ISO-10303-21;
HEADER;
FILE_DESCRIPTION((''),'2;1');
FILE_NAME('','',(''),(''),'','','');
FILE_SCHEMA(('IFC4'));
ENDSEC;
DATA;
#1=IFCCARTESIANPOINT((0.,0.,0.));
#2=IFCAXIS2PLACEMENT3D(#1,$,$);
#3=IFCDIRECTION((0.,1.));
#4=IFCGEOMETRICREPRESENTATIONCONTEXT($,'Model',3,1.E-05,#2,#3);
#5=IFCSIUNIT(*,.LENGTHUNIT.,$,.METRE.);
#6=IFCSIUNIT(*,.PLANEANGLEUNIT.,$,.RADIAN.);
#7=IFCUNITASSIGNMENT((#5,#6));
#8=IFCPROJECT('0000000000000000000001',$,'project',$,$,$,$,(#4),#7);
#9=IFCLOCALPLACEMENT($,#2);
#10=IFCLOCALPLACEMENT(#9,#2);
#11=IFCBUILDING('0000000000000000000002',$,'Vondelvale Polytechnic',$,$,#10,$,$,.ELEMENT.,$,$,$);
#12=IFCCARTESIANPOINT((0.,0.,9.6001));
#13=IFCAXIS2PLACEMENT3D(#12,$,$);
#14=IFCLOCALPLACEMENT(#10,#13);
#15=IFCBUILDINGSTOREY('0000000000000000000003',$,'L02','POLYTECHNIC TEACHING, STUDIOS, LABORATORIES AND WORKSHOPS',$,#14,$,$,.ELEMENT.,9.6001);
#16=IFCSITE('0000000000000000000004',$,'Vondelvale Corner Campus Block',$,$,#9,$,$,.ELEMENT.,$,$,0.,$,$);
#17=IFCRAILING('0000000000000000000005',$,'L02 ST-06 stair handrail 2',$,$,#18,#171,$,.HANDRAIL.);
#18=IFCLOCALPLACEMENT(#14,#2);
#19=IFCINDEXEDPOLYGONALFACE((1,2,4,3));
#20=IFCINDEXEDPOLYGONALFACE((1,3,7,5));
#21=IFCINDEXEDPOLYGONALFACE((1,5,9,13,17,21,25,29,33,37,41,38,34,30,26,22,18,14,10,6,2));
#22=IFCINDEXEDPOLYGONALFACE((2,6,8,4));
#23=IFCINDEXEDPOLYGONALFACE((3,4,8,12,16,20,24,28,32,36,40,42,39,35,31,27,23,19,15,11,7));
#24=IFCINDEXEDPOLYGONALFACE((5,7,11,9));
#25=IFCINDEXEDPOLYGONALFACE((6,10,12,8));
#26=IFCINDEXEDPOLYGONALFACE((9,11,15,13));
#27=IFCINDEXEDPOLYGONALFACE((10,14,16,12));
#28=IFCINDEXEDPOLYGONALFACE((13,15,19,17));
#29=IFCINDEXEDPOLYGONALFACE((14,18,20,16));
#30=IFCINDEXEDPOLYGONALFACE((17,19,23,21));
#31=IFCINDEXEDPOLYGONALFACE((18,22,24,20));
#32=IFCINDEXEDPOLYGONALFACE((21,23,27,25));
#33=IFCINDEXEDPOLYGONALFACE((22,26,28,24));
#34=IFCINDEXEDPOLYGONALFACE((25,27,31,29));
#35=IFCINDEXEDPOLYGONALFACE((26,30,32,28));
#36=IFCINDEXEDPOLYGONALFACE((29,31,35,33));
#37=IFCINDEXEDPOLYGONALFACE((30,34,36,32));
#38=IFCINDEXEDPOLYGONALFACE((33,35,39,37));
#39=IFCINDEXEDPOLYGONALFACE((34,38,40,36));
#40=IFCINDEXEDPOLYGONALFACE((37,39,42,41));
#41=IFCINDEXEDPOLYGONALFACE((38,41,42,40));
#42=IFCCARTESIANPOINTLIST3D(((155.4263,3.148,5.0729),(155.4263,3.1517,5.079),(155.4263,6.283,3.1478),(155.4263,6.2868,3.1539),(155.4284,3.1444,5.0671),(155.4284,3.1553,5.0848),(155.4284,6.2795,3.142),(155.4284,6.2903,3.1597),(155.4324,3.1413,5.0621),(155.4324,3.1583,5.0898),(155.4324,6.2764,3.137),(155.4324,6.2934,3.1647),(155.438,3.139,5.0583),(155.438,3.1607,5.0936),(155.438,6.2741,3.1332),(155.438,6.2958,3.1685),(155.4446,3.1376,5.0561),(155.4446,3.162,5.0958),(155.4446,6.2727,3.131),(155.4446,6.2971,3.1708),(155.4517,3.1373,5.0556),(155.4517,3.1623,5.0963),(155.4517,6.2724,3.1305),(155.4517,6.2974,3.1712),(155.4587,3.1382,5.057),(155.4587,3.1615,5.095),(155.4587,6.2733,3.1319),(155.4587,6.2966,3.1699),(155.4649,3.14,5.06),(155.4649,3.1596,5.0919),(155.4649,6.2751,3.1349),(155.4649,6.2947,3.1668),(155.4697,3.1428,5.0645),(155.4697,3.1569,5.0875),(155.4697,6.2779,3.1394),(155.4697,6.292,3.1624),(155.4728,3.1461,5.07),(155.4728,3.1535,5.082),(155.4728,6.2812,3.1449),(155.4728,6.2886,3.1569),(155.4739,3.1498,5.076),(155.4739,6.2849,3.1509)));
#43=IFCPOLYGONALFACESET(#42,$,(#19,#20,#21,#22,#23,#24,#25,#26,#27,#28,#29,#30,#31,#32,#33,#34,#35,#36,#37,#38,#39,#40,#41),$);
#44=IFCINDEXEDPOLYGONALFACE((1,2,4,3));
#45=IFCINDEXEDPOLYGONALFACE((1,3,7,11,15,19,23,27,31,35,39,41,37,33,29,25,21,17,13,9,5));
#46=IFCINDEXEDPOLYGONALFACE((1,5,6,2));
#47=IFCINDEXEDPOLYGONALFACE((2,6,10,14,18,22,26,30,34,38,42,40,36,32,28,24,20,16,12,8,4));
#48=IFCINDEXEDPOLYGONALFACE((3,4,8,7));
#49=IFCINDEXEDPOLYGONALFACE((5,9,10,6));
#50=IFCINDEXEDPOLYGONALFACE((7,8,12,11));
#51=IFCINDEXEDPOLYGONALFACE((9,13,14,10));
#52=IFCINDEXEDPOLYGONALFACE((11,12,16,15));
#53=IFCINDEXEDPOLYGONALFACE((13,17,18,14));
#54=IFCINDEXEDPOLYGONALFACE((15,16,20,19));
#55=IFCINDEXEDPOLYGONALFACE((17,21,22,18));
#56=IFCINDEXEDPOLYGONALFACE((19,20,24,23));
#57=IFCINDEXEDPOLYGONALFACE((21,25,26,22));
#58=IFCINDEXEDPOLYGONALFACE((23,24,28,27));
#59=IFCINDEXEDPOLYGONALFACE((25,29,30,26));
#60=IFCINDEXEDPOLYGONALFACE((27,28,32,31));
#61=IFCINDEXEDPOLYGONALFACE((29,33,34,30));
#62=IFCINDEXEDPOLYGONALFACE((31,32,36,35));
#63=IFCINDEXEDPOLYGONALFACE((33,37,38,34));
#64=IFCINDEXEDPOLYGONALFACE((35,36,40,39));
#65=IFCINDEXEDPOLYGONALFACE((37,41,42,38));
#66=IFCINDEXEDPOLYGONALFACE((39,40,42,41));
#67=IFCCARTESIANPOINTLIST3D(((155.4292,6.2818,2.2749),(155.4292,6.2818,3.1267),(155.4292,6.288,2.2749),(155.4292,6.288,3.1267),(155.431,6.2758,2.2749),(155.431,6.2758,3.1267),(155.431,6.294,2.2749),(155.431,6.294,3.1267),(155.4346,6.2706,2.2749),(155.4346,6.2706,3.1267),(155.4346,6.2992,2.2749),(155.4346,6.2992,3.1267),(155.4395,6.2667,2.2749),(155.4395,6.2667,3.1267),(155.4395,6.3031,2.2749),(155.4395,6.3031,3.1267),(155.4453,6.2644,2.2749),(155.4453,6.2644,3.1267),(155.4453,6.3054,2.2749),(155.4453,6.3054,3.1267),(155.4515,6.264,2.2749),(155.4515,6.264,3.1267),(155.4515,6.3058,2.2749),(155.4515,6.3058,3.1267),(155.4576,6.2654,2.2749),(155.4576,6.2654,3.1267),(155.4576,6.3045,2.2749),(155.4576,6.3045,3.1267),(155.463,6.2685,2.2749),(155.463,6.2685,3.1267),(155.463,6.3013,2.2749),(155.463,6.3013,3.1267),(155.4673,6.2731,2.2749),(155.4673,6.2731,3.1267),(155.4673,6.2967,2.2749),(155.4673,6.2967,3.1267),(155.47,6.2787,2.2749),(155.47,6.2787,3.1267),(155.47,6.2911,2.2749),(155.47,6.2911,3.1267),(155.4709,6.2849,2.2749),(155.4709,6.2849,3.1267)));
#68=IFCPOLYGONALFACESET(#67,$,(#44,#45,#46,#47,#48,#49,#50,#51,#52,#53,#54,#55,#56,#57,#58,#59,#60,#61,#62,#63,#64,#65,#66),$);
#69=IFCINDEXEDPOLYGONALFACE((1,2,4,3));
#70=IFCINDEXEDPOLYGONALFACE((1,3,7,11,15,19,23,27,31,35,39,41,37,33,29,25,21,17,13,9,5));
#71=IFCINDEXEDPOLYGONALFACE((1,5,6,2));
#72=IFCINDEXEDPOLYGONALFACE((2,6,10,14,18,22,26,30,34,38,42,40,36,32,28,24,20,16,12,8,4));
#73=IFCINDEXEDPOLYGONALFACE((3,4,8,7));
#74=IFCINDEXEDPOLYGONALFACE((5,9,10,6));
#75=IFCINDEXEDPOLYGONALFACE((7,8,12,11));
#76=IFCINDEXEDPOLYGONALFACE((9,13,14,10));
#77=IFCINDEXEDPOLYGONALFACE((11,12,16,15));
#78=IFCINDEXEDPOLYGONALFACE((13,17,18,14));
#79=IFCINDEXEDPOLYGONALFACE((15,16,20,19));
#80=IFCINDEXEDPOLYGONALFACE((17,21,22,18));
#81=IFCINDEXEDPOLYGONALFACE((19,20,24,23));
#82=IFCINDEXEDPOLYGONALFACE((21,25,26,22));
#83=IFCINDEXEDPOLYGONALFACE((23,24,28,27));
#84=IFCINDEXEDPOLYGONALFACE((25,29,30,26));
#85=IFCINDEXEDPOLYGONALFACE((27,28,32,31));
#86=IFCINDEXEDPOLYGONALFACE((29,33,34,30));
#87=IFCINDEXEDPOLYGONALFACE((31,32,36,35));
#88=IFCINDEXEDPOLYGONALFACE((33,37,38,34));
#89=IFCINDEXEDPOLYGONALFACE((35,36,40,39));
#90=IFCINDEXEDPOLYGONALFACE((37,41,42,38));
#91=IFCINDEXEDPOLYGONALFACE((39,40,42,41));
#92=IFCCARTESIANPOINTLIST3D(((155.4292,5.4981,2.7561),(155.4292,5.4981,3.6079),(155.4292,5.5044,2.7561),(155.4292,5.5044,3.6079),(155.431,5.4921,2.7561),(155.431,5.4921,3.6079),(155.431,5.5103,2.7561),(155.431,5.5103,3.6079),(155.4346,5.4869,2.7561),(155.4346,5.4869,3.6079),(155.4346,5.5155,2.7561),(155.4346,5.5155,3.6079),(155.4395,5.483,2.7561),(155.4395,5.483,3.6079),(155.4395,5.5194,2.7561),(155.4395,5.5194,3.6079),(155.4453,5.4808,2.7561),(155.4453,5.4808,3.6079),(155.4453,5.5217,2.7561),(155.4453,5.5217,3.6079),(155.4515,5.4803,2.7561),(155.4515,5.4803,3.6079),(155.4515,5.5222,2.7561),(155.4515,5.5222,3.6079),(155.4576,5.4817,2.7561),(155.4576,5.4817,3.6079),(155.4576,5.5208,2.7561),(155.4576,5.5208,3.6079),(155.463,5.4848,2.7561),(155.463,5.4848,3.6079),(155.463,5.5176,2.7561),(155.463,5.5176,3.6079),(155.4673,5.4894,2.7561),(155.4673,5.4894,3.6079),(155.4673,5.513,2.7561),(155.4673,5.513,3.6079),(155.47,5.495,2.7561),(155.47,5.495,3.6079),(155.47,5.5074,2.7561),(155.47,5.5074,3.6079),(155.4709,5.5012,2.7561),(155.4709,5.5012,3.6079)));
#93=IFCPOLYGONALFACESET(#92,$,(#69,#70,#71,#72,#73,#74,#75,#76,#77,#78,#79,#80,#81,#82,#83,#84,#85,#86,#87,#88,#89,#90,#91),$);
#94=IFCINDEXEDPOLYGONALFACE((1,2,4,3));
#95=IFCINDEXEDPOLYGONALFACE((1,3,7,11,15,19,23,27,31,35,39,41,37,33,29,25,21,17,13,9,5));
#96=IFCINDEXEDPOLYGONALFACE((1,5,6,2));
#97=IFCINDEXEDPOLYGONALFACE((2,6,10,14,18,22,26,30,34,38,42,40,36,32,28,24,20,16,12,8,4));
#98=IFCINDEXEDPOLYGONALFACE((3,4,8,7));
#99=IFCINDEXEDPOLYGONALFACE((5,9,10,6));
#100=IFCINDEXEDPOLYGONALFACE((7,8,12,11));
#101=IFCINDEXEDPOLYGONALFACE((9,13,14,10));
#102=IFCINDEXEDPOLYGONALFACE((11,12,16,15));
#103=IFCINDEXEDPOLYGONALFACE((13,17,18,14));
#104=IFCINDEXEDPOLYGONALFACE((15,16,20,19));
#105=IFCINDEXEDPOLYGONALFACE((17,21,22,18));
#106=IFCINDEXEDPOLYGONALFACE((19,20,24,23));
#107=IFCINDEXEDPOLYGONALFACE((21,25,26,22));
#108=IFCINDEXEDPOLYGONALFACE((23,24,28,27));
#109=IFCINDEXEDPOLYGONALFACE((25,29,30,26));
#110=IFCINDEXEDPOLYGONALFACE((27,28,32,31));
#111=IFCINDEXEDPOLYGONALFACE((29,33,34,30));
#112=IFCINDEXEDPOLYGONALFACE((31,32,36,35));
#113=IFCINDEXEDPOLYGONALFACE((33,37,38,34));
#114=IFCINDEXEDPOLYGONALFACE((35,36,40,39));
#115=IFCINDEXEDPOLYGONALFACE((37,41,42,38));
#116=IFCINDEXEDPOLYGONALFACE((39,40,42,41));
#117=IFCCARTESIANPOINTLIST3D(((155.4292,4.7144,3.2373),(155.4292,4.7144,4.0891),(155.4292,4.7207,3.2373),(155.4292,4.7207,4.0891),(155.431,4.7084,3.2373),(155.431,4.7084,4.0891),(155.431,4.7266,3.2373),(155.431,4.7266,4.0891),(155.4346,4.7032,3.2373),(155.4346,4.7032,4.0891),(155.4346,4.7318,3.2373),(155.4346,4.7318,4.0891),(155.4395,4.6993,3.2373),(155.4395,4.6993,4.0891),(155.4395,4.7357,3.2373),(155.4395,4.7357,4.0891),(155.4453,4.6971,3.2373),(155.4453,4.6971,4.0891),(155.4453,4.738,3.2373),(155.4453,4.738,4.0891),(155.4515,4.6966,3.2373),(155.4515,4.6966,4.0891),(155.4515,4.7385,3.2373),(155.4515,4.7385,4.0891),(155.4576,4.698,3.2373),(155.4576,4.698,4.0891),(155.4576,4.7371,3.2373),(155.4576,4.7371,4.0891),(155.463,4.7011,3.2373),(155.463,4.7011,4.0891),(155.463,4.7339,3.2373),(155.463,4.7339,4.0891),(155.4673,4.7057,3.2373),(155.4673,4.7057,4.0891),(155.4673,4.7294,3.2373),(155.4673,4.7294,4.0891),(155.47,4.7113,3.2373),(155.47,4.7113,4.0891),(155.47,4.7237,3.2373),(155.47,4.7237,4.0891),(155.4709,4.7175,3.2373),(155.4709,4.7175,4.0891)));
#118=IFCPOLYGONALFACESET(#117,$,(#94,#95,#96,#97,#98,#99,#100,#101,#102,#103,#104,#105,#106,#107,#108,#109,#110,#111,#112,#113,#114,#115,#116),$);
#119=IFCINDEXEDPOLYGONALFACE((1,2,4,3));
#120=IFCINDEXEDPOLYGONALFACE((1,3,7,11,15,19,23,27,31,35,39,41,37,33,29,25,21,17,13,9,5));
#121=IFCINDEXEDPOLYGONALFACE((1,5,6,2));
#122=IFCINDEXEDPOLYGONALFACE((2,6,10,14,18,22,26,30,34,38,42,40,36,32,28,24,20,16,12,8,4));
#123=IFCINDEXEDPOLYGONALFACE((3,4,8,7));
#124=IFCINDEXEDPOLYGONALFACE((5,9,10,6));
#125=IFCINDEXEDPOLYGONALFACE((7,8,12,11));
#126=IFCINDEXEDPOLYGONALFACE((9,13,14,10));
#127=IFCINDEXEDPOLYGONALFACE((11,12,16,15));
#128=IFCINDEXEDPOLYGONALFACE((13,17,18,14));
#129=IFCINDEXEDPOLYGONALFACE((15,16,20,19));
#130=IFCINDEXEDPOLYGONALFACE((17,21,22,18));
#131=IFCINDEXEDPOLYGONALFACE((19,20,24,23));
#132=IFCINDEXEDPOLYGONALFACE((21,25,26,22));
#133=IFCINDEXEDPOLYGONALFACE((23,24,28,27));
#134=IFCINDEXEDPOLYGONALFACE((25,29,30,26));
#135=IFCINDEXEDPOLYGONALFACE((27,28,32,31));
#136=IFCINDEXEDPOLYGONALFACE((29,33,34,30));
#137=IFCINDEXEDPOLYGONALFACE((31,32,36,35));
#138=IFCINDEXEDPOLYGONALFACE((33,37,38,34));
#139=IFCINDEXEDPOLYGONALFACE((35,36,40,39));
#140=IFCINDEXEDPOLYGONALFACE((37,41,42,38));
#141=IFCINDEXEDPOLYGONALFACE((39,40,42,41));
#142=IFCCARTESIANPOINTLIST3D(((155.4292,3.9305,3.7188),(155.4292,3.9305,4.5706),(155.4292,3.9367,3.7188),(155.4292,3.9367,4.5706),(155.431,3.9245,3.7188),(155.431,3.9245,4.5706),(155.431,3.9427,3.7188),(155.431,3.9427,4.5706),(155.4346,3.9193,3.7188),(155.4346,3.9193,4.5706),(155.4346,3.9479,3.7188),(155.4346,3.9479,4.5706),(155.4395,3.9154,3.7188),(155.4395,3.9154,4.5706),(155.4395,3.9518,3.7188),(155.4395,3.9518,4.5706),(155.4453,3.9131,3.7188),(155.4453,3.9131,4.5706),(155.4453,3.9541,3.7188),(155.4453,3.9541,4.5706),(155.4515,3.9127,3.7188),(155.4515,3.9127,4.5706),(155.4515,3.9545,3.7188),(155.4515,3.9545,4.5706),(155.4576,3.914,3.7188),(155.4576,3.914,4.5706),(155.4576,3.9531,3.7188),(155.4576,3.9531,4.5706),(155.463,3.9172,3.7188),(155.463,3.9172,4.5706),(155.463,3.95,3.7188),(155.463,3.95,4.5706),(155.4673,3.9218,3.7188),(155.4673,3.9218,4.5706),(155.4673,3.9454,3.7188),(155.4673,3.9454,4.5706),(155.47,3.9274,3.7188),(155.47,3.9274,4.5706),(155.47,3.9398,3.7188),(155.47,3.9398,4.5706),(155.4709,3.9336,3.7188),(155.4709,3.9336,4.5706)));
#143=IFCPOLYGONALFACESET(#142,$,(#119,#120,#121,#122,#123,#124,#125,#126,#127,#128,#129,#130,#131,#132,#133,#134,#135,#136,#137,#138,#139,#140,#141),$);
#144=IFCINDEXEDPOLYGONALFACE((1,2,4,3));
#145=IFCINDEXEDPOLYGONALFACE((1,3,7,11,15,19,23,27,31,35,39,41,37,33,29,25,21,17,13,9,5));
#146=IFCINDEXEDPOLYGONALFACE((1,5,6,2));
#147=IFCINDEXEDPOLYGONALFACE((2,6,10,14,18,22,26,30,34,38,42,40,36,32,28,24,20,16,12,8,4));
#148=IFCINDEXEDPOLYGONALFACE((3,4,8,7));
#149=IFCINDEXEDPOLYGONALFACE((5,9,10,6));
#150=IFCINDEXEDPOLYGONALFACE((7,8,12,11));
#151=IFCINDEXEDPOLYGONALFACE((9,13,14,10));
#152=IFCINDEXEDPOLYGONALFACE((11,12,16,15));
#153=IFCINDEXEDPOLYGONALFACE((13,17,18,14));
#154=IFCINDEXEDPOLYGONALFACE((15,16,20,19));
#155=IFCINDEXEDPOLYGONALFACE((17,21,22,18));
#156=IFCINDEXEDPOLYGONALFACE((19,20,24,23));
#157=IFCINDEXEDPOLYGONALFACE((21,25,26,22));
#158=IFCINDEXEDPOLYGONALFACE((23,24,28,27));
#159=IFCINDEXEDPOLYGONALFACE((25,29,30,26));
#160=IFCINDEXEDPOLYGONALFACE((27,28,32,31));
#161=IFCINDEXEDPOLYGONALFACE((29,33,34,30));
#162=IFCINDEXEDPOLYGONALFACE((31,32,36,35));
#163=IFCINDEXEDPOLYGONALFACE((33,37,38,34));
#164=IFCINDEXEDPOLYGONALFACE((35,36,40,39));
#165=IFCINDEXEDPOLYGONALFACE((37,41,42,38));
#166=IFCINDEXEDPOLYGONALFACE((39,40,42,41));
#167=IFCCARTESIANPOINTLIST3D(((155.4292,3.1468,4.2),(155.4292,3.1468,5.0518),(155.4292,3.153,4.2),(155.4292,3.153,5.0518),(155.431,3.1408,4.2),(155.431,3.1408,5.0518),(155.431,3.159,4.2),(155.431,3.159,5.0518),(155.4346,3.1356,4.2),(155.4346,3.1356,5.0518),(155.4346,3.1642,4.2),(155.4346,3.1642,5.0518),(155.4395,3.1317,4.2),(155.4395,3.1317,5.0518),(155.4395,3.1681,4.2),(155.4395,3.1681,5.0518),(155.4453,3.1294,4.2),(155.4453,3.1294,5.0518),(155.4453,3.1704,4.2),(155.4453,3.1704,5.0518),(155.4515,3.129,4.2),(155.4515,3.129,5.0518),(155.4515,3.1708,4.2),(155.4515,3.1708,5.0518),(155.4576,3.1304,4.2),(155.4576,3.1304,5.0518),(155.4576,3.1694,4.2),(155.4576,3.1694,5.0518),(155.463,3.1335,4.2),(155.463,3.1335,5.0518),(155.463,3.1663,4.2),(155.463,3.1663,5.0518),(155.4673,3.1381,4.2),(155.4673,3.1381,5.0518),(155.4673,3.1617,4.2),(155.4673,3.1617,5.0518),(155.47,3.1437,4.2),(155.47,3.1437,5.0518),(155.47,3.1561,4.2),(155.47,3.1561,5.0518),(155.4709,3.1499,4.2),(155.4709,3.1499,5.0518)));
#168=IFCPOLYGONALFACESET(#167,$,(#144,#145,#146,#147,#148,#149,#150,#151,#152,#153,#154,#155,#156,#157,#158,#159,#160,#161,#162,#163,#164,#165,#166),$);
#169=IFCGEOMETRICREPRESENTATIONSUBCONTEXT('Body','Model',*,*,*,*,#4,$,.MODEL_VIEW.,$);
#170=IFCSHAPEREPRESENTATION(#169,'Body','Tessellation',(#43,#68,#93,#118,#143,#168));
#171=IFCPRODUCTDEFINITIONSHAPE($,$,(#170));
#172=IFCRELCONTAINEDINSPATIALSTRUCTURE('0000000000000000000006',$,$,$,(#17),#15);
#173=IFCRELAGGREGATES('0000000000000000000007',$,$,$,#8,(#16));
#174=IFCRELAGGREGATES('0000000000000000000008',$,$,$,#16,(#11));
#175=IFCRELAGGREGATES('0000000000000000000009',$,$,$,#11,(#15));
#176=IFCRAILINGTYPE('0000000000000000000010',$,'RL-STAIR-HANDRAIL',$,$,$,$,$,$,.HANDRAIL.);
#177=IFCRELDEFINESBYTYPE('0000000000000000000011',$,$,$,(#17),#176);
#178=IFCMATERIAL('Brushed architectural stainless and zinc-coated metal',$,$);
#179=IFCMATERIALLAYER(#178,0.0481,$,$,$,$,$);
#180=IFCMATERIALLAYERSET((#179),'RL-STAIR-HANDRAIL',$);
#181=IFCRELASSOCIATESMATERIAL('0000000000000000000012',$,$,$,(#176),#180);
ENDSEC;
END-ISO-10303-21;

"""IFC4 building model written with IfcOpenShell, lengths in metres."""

from ifc_helpers import new_model, si_unit, direction, frame, origin, origin_2d, place, context, subcontext, project, spatial, circle, extrude, material, layer, layer_set, type_object, element, save


model = new_model("IFC4")

# Units and contexts
model_context = context("Model", 3, precision=1e-05, world=origin(), true_north=direction((0.0, 1.0)))
body_context = subcontext(model_context, "Body", "Model", "MODEL_VIEW")
ifc_project = project(units=[si_unit("LENGTHUNIT", "METRE"), si_unit("PLANEANGLEUNIT", "RADIAN")], contexts=[model_context])

# Site, building, storey
site_placement = place(None, origin())
site = spatial("IfcSite", under=ifc_project, at=site_placement, Name="Vondelvale Corner Campus Block", CompositionType="ELEMENT", RefElevation=0.0)
building_placement = place(site_placement, origin())
building = spatial("IfcBuilding", under=site, at=building_placement, Name="Vondelvale Polytechnic", CompositionType="ELEMENT")
storey_placement = place(building_placement, frame((0.0, 0.0, 9.6001)))
storey = spatial("IfcBuildingStorey", under=building, at=storey_placement, Name="L02", Description="POLYTECHNIC TEACHING, STUDIOS, LABORATORIES AND WORKSHOPS", CompositionType="ELEMENT", Elevation=9.6001)

# Railing
ifc_material_1 = material(Name="Brushed architectural stainless and zinc-coated metal")
ifc_layer_1 = layer(ifc_material_1, 0.0481)
ifc_layer_set_1 = layer_set([ifc_layer_1], Name="RL-STAIR-HANDRAIL")
railing_type_1 = type_object("IfcRailingType", Name="RL-STAIR-HANDRAIL", PredefinedType="HANDRAIL", material=ifc_layer_set_1)
railing_1_placement = place(storey_placement, frame((155.45, 6.2849, 2.2749)))
element("IfcRailing", 1, at=railing_1_placement, inside=storey, type_object=railing_type_1, Name="L02 ST-06 stair handrail 2", PredefinedType="HANDRAIL", context=body_context, shape_type="SweptSolid", body=[
    extrude(circle(Radius=0.0239, at=origin_2d()), frame((0.0, 0.0, 0.876), z_axis=(0.0, -0.852166, 0.523271), x_axis=(1.0, 0.0, 0.0)), (0.0, 0.0, 1.0), 3.679),
    extrude(circle(Radius=0.021, at=origin_2d()), origin(), (0.0, 0.0, 1.0), 0.8518),
    extrude(circle(Radius=0.021, at=origin_2d()), frame((0.0, -0.7837, 0.4812)), (0.0, 0.0, 1.0), 0.8518),
    extrude(circle(Radius=0.021, at=origin_2d()), frame((0.0, -1.5674, 0.9624)), (0.0, 0.0, 1.0), 0.8518),
    extrude(circle(Radius=0.021, at=origin_2d()), frame((0.0, -2.3513, 1.4438)), (0.0, 0.0, 1.0), 0.8518),
    extrude(circle(Radius=0.021, at=origin_2d()), frame((0.0, -3.135, 1.925)), (0.0, 0.0, 1.0), 0.8518),
])

save(model, "model.ifc")
